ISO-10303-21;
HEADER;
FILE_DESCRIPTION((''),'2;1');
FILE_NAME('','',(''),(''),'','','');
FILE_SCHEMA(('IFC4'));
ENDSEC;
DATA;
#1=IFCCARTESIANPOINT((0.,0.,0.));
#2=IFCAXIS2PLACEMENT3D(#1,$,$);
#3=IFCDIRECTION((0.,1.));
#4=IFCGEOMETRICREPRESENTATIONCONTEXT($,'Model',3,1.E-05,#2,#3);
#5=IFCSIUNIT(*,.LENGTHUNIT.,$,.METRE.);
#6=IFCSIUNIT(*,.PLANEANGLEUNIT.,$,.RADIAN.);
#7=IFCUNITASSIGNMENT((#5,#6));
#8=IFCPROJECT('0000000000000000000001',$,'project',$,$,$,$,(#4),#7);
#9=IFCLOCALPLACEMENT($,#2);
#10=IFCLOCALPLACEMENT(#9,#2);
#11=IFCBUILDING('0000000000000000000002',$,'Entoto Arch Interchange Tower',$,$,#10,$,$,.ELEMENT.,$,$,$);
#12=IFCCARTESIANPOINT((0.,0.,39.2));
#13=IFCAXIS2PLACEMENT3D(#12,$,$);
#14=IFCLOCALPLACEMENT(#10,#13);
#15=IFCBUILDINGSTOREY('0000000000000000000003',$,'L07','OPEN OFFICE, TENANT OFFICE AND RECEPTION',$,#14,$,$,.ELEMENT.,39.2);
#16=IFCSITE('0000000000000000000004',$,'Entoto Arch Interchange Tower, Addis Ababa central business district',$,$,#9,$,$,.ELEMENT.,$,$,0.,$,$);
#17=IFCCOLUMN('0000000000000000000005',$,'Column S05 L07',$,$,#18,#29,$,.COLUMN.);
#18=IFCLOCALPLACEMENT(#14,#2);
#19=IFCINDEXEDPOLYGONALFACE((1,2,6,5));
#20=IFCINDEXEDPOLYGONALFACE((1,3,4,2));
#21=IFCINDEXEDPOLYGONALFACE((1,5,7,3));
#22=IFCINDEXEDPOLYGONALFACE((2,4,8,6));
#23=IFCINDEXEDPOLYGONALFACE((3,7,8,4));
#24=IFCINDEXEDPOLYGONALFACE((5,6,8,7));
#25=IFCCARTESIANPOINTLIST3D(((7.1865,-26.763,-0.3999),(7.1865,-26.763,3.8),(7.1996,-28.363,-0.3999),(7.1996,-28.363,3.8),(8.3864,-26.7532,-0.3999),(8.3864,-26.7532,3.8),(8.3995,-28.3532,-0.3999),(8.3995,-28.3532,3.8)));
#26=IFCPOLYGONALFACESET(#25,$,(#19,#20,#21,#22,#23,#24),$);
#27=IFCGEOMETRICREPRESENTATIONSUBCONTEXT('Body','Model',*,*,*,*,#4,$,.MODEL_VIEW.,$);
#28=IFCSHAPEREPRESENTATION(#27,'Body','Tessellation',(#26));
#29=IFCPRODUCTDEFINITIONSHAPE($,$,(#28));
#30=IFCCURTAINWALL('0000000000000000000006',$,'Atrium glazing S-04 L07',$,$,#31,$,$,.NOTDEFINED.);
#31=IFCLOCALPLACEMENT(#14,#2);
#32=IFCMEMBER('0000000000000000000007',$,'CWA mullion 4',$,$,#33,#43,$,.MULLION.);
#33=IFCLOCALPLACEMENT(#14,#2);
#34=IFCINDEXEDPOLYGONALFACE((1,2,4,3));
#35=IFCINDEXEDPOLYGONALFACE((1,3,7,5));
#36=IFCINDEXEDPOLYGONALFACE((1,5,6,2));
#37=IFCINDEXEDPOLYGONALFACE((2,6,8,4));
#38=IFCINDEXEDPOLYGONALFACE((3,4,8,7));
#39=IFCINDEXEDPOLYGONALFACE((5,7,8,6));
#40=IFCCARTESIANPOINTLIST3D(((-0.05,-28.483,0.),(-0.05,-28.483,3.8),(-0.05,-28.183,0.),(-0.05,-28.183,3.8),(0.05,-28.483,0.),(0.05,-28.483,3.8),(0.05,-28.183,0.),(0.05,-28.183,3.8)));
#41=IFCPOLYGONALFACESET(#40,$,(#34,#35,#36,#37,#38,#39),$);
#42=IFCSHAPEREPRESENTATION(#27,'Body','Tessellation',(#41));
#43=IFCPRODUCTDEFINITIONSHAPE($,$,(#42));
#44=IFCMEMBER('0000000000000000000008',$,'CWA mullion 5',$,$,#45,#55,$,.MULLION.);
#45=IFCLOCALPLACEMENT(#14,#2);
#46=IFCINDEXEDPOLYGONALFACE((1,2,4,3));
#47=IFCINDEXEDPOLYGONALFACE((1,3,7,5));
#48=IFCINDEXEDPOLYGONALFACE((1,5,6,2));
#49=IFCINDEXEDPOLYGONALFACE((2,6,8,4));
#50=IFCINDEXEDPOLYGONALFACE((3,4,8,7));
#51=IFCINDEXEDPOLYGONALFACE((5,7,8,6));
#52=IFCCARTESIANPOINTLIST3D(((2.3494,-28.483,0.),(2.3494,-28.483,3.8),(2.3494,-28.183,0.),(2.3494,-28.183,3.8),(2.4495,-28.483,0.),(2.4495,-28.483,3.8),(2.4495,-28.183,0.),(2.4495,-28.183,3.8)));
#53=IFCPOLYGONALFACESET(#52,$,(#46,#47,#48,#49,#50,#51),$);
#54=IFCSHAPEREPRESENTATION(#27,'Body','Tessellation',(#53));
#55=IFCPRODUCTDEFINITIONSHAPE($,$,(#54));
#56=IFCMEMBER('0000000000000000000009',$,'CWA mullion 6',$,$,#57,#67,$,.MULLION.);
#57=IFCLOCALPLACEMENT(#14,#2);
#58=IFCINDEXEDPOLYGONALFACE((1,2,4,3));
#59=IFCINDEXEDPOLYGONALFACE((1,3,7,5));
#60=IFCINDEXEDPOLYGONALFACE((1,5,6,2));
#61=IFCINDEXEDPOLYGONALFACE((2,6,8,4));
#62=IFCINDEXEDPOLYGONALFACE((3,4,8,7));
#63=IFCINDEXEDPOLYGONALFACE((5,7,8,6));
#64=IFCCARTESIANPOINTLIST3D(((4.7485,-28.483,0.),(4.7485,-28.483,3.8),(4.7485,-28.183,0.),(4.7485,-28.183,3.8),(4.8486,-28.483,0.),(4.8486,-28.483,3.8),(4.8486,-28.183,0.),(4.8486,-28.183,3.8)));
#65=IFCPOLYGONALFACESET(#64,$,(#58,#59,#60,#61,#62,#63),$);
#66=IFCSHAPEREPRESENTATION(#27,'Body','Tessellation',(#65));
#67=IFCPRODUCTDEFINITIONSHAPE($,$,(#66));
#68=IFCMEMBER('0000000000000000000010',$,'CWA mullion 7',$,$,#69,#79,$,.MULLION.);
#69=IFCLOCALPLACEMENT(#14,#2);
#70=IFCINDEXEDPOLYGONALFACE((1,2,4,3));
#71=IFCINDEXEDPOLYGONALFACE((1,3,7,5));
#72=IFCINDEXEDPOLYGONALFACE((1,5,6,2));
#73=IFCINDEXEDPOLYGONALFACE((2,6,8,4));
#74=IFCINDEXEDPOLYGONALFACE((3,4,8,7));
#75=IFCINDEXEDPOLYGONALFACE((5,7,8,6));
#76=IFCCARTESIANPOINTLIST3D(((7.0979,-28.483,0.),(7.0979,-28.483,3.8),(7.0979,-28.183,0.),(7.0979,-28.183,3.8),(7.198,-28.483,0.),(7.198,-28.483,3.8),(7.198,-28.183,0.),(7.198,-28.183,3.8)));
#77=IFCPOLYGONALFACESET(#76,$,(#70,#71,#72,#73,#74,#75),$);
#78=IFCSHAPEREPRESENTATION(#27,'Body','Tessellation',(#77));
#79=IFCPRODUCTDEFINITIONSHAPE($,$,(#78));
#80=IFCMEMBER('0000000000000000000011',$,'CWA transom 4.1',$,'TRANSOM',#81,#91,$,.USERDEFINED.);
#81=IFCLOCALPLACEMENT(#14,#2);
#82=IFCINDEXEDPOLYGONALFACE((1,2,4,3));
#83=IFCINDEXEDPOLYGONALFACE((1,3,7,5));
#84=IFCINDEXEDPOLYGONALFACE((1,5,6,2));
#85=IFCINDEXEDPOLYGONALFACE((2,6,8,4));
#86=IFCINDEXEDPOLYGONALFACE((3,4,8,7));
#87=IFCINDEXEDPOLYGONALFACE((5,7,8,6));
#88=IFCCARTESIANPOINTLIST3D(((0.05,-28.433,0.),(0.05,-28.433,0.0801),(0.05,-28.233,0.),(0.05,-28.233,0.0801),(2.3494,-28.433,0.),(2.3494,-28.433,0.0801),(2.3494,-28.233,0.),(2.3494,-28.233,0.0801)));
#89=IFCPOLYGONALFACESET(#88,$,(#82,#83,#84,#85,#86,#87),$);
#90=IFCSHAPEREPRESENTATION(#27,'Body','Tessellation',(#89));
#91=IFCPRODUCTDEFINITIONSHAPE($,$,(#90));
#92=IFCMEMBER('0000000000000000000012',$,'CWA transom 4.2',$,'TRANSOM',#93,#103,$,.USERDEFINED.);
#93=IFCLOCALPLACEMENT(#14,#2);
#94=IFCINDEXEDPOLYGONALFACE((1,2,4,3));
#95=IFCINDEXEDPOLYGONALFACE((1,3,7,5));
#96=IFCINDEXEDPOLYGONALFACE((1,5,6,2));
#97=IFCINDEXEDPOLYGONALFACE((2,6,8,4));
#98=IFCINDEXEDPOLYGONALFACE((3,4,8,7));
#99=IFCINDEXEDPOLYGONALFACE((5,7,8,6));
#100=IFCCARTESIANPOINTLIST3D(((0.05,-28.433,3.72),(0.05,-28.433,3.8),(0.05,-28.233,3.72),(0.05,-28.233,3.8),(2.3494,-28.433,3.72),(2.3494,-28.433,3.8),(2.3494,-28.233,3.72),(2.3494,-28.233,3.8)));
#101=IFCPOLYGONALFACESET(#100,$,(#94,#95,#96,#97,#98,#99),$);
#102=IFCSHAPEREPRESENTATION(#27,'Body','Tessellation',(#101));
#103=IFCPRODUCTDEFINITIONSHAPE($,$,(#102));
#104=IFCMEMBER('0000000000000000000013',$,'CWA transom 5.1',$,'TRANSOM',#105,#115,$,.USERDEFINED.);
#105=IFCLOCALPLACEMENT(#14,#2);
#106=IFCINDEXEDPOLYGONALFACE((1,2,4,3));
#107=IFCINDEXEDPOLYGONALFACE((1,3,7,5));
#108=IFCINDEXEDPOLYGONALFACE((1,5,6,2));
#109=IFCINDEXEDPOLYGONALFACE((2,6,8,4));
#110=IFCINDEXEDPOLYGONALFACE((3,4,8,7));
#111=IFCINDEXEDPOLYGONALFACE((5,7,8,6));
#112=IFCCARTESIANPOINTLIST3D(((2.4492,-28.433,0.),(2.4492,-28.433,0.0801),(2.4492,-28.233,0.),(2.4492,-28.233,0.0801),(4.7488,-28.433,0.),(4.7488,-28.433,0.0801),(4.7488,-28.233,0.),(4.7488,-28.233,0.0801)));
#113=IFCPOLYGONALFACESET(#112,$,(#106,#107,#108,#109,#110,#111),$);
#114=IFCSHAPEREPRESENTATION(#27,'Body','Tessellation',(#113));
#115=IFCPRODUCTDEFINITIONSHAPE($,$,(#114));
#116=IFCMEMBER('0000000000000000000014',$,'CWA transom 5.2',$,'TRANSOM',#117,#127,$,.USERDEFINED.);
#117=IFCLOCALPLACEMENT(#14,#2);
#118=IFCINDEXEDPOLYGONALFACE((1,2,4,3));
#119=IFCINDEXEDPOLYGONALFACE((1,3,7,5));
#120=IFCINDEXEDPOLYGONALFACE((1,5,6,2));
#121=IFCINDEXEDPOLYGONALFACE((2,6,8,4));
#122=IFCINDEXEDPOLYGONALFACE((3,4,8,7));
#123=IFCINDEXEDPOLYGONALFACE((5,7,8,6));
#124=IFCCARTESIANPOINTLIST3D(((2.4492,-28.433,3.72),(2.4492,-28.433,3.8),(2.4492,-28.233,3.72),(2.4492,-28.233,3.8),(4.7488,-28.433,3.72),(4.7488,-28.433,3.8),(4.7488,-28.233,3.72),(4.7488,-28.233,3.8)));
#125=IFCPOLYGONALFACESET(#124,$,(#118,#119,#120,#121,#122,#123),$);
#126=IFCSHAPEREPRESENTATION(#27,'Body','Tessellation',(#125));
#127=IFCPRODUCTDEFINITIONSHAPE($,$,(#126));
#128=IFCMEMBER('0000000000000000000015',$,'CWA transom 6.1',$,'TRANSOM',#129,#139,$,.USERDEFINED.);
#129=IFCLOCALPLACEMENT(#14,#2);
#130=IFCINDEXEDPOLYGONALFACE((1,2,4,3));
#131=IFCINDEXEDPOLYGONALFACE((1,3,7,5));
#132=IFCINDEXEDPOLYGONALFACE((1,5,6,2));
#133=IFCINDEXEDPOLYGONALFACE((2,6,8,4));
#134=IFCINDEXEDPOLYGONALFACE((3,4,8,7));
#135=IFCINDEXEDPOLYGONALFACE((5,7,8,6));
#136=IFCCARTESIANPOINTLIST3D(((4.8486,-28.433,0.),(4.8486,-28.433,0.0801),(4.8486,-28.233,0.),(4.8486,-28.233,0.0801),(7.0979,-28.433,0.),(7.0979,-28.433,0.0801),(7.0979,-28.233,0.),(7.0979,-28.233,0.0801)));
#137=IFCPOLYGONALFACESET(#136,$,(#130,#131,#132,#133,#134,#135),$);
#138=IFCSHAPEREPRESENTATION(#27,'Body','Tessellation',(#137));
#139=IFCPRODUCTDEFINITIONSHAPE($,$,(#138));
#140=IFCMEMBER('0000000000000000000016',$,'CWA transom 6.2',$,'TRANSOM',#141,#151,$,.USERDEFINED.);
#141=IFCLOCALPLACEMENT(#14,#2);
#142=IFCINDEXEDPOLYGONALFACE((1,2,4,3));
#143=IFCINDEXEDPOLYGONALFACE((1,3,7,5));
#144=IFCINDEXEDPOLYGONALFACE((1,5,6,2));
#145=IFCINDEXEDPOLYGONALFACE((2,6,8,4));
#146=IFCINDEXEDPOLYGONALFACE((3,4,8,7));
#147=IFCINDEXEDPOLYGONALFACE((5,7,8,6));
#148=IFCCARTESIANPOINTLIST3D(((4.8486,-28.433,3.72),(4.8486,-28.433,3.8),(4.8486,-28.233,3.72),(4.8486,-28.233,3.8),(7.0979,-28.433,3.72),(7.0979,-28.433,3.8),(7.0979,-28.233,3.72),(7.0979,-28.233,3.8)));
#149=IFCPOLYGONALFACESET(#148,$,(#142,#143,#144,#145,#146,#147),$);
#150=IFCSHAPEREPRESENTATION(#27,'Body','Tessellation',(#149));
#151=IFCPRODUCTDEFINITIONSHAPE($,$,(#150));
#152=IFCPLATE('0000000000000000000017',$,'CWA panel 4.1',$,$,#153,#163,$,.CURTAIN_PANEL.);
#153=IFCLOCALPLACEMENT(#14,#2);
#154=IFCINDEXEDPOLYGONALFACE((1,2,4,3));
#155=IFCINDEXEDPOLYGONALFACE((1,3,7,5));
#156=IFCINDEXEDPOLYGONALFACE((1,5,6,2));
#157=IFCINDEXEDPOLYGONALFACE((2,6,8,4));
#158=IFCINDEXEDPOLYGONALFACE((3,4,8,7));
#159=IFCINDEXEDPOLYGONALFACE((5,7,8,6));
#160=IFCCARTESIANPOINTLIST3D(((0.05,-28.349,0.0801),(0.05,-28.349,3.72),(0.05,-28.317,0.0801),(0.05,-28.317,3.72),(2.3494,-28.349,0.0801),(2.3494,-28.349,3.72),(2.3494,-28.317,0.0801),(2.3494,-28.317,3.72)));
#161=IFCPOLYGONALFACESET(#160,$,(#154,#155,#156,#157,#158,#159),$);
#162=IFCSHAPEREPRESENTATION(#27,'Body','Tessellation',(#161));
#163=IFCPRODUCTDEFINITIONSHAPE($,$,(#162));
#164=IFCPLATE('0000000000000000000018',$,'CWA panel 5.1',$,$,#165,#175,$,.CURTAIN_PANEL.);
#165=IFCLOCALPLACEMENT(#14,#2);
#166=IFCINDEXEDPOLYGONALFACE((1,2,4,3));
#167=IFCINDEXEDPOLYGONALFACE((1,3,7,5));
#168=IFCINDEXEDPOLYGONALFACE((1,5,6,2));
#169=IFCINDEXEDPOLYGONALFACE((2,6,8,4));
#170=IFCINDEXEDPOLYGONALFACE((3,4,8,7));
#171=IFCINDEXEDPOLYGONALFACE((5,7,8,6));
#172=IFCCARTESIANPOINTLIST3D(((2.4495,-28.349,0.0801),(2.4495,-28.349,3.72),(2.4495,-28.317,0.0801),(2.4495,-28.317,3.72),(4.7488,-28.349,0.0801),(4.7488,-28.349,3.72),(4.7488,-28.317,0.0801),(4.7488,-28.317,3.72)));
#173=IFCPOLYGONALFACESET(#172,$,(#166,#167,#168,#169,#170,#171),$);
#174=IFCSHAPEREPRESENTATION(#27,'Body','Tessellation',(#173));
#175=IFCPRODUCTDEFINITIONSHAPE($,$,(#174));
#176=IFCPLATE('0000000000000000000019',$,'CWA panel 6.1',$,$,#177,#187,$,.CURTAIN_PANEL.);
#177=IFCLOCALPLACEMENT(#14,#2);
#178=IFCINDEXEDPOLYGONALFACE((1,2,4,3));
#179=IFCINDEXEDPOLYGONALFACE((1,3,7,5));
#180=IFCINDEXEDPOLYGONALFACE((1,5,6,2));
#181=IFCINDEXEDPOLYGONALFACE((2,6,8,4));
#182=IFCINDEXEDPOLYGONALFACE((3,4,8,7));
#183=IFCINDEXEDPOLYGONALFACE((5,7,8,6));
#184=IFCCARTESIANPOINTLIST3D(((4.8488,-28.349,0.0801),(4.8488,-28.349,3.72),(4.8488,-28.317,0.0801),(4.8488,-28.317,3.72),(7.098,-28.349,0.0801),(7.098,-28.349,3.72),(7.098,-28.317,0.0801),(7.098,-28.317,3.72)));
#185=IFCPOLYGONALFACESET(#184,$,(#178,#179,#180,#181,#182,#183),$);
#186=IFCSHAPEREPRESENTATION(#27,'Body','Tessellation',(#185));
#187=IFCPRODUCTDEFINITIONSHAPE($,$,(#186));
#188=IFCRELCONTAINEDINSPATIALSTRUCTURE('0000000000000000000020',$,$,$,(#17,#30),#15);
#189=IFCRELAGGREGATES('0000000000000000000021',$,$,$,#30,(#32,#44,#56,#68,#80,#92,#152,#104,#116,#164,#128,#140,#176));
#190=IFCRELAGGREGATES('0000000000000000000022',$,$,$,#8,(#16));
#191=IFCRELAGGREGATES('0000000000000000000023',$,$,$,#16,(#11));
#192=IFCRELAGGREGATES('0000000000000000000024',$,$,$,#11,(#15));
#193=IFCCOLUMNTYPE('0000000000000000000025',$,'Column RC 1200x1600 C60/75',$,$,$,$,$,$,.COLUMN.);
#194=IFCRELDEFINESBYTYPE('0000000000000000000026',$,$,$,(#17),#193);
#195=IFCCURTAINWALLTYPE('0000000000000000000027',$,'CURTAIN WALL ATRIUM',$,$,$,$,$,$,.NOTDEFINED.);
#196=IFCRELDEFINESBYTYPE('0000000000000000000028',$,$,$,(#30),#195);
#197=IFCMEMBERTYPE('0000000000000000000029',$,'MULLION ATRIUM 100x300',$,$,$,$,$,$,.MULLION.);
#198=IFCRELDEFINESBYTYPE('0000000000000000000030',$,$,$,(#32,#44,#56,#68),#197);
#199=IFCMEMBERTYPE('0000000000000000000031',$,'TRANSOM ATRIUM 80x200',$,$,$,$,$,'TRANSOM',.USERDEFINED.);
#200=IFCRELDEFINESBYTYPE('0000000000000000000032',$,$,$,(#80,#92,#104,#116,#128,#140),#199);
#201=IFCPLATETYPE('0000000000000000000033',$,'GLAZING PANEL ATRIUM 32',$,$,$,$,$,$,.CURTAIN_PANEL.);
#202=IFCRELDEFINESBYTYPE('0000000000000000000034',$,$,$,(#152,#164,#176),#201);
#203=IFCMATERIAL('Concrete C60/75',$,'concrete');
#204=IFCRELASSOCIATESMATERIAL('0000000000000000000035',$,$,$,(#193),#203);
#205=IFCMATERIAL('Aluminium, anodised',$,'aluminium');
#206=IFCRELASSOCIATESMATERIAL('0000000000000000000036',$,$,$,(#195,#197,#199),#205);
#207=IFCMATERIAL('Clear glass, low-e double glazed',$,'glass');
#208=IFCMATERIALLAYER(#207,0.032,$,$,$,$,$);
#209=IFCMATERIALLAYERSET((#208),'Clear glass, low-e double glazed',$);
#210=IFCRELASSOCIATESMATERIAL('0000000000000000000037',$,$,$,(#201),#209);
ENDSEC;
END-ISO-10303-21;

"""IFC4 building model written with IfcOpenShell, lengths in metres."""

from ifc_helpers import new_model, si_unit, direction, frame, origin, origin_2d, place, context, subcontext, project, spatial, rectangle, extrude, material, layer, layer_set, material_profile, profile_set, type_object, element, aggregate, save


model = new_model("IFC4")

# Units and contexts
model_context = context("Model", 3, precision=1e-05, world=origin(), true_north=direction((0.0, 1.0)))
body_context = subcontext(model_context, "Body", "Model", "MODEL_VIEW")
ifc_project = project(units=[si_unit("LENGTHUNIT", "METRE"), si_unit("PLANEANGLEUNIT", "RADIAN")], contexts=[model_context])

# Site, building, storey
site_placement = place(None, origin())
site = spatial("IfcSite", under=ifc_project, at=site_placement, Name="Entoto Arch Interchange Tower, Addis Ababa central business district", CompositionType="ELEMENT", RefElevation=0.0)
building_placement = place(site_placement, origin())
building = spatial("IfcBuilding", under=site, at=building_placement, Name="Entoto Arch Interchange Tower", CompositionType="ELEMENT")
storey_placement = place(building_placement, frame((0.0, 0.0, 39.2)))
storey = spatial("IfcBuildingStorey", under=building, at=storey_placement, Name="L07", Description="OPEN OFFICE, TENANT OFFICE AND RECEPTION", CompositionType="ELEMENT", Elevation=39.2)

# Column
ifc_material_1 = material(Name="Concrete C60/75", Category="concrete")
ifc_material_profile_1 = material_profile(ifc_material_1, rectangle(XDim=1.2, YDim=1.6001, at=origin_2d()))
ifc_profile_set_1 = profile_set([ifc_material_profile_1], Name="Concrete C60/75")
column_type = type_object("IfcColumnType", Name="Column RC 1200x1600 C60/75", PredefinedType="COLUMN", material=ifc_profile_set_1)
column_placement = place(storey_placement, frame((7.793, -27.5581, -0.3999), z_axis=(0.0, 0.0, 1.0), x_axis=(0.999966, 0.008203, 0.0)))
element("IfcColumn", 1, at=column_placement, inside=storey, type_object=column_type, Name="Column S05 L07", PredefinedType="COLUMN", context=body_context, shape_type="SweptSolid", body=[
    extrude(rectangle(XDim=1.2, YDim=1.6001, at=origin_2d()), origin(), (0.0, 0.0, 1.0), 4.2),
])

# Curtain wall, members, plates
ifc_material_2 = material(Name="Aluminium, anodised", Category="aluminium")
curtain_wall_type = type_object("IfcCurtainWallType", Name="CURTAIN WALL ATRIUM", PredefinedType="NOTDEFINED", material=ifc_material_2)
curtain_wall_placement = place(storey_placement, origin())
curtain_wall = element("IfcCurtainWall", 2, at=curtain_wall_placement, inside=storey, type_object=curtain_wall_type, Name="Atrium glazing S-04 L07", PredefinedType="NOTDEFINED")
ifc_material_profile_2 = material_profile(ifc_material_2, rectangle(XDim=0.3, YDim=0.1001, at=origin_2d()))
ifc_profile_set_2 = profile_set([ifc_material_profile_2], Name="Aluminium, anodised")
member_type_1 = type_object("IfcMemberType", Name="MULLION ATRIUM 100x300", PredefinedType="MULLION", material=ifc_profile_set_2)
member_1_placement = place(storey_placement, frame((0.0, -28.333, 0.0), z_axis=(0.0, 0.0, 1.0), x_axis=(0.0, 1.0, 0.0)))
member_1 = element("IfcMember", 3, at=member_1_placement, type_object=member_type_1, Name="CWA mullion 4", PredefinedType="MULLION", context=body_context, shape_type="SweptSolid", body=[
    extrude(rectangle(XDim=0.3, YDim=0.1001, at=origin_2d()), origin(), (0.0, 0.0, 1.0), 3.8),
])
member_2_placement = place(storey_placement, frame((2.3994, -28.333, 0.0), z_axis=(0.0, 0.0, 1.0), x_axis=(0.0, 1.0, 0.0)))
member_2 = element("IfcMember", 4, at=member_2_placement, type_object=member_type_1, Name="CWA mullion 5", PredefinedType="MULLION", context=body_context, shape_type="SweptSolid", body=[
    extrude(rectangle(XDim=0.3, YDim=0.1001, at=origin_2d()), origin(), (0.0, 0.0, 1.0), 3.8),
])
member_3_placement = place(storey_placement, frame((4.7986, -28.333, 0.0), z_axis=(0.0, 0.0, 1.0), x_axis=(0.0, 1.0, 0.0)))
member_3 = element("IfcMember", 5, at=member_3_placement, type_object=member_type_1, Name="CWA mullion 6", PredefinedType="MULLION", context=body_context, shape_type="SweptSolid", body=[
    extrude(rectangle(XDim=0.3, YDim=0.1001, at=origin_2d()), origin(), (0.0, 0.0, 1.0), 3.8),
])
member_4_placement = place(storey_placement, frame((7.1479, -28.333, 0.0), z_axis=(0.0, 0.0, 1.0), x_axis=(0.0, 1.0, 0.0)))
member_4 = element("IfcMember", 6, at=member_4_placement, type_object=member_type_1, Name="CWA mullion 7", PredefinedType="MULLION", context=body_context, shape_type="SweptSolid", body=[
    extrude(rectangle(XDim=0.3, YDim=0.1001, at=origin_2d()), origin(), (0.0, 0.0, 1.0), 3.8),
])
ifc_material_profile_3 = material_profile(ifc_material_2, rectangle(XDim=0.2, YDim=0.0801, at=origin_2d()))
ifc_profile_set_3 = profile_set([ifc_material_profile_3], Name="Aluminium, anodised")
member_type_2 = type_object("IfcMemberType", Name="TRANSOM ATRIUM 80x200", ElementType="TRANSOM", PredefinedType="USERDEFINED", material=ifc_profile_set_3)
member_5_placement = place(storey_placement, frame((0.05, -28.333, 0.04), z_axis=(1.0, 0.0, 0.0), x_axis=(0.0, 1.0, 0.0)))
member_5 = element("IfcMember", 7, at=member_5_placement, type_object=member_type_2, Name="CWA transom 4.1", ObjectType="TRANSOM", PredefinedType="USERDEFINED", context=body_context, shape_type="SweptSolid", body=[
    extrude(rectangle(XDim=0.2, YDim=0.0801, at=origin_2d()), origin(), (0.0, 0.0, 1.0), 2.2993),
])
member_6_placement = place(storey_placement, frame((0.05, -28.333, 3.76), z_axis=(1.0, 0.0, 0.0), x_axis=(0.0, 1.0, 0.0)))
member_6 = element("IfcMember", 8, at=member_6_placement, type_object=member_type_2, Name="CWA transom 4.2", ObjectType="TRANSOM", PredefinedType="USERDEFINED", context=body_context, shape_type="SweptSolid", body=[
    extrude(rectangle(XDim=0.2, YDim=0.0801, at=origin_2d()), origin(), (0.0, 0.0, 1.0), 2.2993),
])
member_7_placement = place(storey_placement, frame((2.4492, -28.333, 0.04), z_axis=(1.0, 0.0, 0.0), x_axis=(0.0, 1.0, 0.0)))
member_7 = element("IfcMember", 9, at=member_7_placement, type_object=member_type_2, Name="CWA transom 5.1", ObjectType="TRANSOM", PredefinedType="USERDEFINED", context=body_context, shape_type="SweptSolid", body=[
    extrude(rectangle(XDim=0.2, YDim=0.0801, at=origin_2d()), origin(), (0.0, 0.0, 1.0), 2.2996),
])
member_8_placement = place(storey_placement, frame((2.4492, -28.333, 3.76), z_axis=(1.0, 0.0, 0.0), x_axis=(0.0, 1.0, 0.0)))
member_8 = element("IfcMember", 10, at=member_8_placement, type_object=member_type_2, Name="CWA transom 5.2", ObjectType="TRANSOM", PredefinedType="USERDEFINED", context=body_context, shape_type="SweptSolid", body=[
    extrude(rectangle(XDim=0.2, YDim=0.0801, at=origin_2d()), origin(), (0.0, 0.0, 1.0), 2.2996),
])
member_9_placement = place(storey_placement, frame((4.8486, -28.333, 0.04), z_axis=(1.0, 0.0, 0.0), x_axis=(0.0, 1.0, 0.0)))
member_9 = element("IfcMember", 11, at=member_9_placement, type_object=member_type_2, Name="CWA transom 6.1", ObjectType="TRANSOM", PredefinedType="USERDEFINED", context=body_context, shape_type="SweptSolid", body=[
    extrude(rectangle(XDim=0.2, YDim=0.0801, at=origin_2d()), origin(), (0.0, 0.0, 1.0), 2.2493),
])
member_10_placement = place(storey_placement, frame((4.8486, -28.333, 3.76), z_axis=(1.0, 0.0, 0.0), x_axis=(0.0, 1.0, 0.0)))
member_10 = element("IfcMember", 12, at=member_10_placement, type_object=member_type_2, Name="CWA transom 6.2", ObjectType="TRANSOM", PredefinedType="USERDEFINED", context=body_context, shape_type="SweptSolid", body=[
    extrude(rectangle(XDim=0.2, YDim=0.0801, at=origin_2d()), origin(), (0.0, 0.0, 1.0), 2.2493),
])
ifc_material_3 = material(Name="Clear glass, low-e double glazed", Category="glass")
ifc_layer_1 = layer(ifc_material_3, 0.032)
ifc_layer_set_1 = layer_set([ifc_layer_1], Name="Clear glass, low-e double glazed")
plate_type = type_object("IfcPlateType", Name="GLAZING PANEL ATRIUM 32", PredefinedType="CURTAIN_PANEL", material=ifc_layer_set_1)
plate_1_placement = place(storey_placement, frame((1.1997, -28.333, 0.0801), z_axis=(0.0, 0.0, 1.0), x_axis=(1.0, 0.0, 0.0)))
plate_1 = element("IfcPlate", 13, at=plate_1_placement, type_object=plate_type, Name="CWA panel 4.1", PredefinedType="CURTAIN_PANEL", context=body_context, shape_type="SweptSolid", body=[
    extrude(rectangle(XDim=2.2993, YDim=0.032, at=origin_2d()), origin(), (0.0, 0.0, 1.0), 3.6399),
])
plate_2_placement = place(storey_placement, frame((3.5991, -28.333, 0.0801), z_axis=(0.0, 0.0, 1.0), x_axis=(1.0, 0.0, 0.0)))
plate_2 = element("IfcPlate", 14, at=plate_2_placement, type_object=plate_type, Name="CWA panel 5.1", PredefinedType="CURTAIN_PANEL", context=body_context, shape_type="SweptSolid", body=[
    extrude(rectangle(XDim=2.2993, YDim=0.032, at=origin_2d()), origin(), (0.0, 0.0, 1.0), 3.6399),
])
plate_3_placement = place(storey_placement, frame((5.9734, -28.333, 0.0801), z_axis=(0.0, 0.0, 1.0), x_axis=(1.0, 0.0, 0.0)))
plate_3 = element("IfcPlate", 15, at=plate_3_placement, type_object=plate_type, Name="CWA panel 6.1", PredefinedType="CURTAIN_PANEL", context=body_context, shape_type="SweptSolid", body=[
    extrude(rectangle(XDim=2.2493, YDim=0.032, at=origin_2d()), origin(), (0.0, 0.0, 1.0), 3.6399),
])
aggregate(curtain_wall, [member_1, member_2, member_3, member_4, member_5, member_6, plate_1, member_7, member_8, plate_2, member_9, member_10, plate_3])

save(model, "model.ifc")
